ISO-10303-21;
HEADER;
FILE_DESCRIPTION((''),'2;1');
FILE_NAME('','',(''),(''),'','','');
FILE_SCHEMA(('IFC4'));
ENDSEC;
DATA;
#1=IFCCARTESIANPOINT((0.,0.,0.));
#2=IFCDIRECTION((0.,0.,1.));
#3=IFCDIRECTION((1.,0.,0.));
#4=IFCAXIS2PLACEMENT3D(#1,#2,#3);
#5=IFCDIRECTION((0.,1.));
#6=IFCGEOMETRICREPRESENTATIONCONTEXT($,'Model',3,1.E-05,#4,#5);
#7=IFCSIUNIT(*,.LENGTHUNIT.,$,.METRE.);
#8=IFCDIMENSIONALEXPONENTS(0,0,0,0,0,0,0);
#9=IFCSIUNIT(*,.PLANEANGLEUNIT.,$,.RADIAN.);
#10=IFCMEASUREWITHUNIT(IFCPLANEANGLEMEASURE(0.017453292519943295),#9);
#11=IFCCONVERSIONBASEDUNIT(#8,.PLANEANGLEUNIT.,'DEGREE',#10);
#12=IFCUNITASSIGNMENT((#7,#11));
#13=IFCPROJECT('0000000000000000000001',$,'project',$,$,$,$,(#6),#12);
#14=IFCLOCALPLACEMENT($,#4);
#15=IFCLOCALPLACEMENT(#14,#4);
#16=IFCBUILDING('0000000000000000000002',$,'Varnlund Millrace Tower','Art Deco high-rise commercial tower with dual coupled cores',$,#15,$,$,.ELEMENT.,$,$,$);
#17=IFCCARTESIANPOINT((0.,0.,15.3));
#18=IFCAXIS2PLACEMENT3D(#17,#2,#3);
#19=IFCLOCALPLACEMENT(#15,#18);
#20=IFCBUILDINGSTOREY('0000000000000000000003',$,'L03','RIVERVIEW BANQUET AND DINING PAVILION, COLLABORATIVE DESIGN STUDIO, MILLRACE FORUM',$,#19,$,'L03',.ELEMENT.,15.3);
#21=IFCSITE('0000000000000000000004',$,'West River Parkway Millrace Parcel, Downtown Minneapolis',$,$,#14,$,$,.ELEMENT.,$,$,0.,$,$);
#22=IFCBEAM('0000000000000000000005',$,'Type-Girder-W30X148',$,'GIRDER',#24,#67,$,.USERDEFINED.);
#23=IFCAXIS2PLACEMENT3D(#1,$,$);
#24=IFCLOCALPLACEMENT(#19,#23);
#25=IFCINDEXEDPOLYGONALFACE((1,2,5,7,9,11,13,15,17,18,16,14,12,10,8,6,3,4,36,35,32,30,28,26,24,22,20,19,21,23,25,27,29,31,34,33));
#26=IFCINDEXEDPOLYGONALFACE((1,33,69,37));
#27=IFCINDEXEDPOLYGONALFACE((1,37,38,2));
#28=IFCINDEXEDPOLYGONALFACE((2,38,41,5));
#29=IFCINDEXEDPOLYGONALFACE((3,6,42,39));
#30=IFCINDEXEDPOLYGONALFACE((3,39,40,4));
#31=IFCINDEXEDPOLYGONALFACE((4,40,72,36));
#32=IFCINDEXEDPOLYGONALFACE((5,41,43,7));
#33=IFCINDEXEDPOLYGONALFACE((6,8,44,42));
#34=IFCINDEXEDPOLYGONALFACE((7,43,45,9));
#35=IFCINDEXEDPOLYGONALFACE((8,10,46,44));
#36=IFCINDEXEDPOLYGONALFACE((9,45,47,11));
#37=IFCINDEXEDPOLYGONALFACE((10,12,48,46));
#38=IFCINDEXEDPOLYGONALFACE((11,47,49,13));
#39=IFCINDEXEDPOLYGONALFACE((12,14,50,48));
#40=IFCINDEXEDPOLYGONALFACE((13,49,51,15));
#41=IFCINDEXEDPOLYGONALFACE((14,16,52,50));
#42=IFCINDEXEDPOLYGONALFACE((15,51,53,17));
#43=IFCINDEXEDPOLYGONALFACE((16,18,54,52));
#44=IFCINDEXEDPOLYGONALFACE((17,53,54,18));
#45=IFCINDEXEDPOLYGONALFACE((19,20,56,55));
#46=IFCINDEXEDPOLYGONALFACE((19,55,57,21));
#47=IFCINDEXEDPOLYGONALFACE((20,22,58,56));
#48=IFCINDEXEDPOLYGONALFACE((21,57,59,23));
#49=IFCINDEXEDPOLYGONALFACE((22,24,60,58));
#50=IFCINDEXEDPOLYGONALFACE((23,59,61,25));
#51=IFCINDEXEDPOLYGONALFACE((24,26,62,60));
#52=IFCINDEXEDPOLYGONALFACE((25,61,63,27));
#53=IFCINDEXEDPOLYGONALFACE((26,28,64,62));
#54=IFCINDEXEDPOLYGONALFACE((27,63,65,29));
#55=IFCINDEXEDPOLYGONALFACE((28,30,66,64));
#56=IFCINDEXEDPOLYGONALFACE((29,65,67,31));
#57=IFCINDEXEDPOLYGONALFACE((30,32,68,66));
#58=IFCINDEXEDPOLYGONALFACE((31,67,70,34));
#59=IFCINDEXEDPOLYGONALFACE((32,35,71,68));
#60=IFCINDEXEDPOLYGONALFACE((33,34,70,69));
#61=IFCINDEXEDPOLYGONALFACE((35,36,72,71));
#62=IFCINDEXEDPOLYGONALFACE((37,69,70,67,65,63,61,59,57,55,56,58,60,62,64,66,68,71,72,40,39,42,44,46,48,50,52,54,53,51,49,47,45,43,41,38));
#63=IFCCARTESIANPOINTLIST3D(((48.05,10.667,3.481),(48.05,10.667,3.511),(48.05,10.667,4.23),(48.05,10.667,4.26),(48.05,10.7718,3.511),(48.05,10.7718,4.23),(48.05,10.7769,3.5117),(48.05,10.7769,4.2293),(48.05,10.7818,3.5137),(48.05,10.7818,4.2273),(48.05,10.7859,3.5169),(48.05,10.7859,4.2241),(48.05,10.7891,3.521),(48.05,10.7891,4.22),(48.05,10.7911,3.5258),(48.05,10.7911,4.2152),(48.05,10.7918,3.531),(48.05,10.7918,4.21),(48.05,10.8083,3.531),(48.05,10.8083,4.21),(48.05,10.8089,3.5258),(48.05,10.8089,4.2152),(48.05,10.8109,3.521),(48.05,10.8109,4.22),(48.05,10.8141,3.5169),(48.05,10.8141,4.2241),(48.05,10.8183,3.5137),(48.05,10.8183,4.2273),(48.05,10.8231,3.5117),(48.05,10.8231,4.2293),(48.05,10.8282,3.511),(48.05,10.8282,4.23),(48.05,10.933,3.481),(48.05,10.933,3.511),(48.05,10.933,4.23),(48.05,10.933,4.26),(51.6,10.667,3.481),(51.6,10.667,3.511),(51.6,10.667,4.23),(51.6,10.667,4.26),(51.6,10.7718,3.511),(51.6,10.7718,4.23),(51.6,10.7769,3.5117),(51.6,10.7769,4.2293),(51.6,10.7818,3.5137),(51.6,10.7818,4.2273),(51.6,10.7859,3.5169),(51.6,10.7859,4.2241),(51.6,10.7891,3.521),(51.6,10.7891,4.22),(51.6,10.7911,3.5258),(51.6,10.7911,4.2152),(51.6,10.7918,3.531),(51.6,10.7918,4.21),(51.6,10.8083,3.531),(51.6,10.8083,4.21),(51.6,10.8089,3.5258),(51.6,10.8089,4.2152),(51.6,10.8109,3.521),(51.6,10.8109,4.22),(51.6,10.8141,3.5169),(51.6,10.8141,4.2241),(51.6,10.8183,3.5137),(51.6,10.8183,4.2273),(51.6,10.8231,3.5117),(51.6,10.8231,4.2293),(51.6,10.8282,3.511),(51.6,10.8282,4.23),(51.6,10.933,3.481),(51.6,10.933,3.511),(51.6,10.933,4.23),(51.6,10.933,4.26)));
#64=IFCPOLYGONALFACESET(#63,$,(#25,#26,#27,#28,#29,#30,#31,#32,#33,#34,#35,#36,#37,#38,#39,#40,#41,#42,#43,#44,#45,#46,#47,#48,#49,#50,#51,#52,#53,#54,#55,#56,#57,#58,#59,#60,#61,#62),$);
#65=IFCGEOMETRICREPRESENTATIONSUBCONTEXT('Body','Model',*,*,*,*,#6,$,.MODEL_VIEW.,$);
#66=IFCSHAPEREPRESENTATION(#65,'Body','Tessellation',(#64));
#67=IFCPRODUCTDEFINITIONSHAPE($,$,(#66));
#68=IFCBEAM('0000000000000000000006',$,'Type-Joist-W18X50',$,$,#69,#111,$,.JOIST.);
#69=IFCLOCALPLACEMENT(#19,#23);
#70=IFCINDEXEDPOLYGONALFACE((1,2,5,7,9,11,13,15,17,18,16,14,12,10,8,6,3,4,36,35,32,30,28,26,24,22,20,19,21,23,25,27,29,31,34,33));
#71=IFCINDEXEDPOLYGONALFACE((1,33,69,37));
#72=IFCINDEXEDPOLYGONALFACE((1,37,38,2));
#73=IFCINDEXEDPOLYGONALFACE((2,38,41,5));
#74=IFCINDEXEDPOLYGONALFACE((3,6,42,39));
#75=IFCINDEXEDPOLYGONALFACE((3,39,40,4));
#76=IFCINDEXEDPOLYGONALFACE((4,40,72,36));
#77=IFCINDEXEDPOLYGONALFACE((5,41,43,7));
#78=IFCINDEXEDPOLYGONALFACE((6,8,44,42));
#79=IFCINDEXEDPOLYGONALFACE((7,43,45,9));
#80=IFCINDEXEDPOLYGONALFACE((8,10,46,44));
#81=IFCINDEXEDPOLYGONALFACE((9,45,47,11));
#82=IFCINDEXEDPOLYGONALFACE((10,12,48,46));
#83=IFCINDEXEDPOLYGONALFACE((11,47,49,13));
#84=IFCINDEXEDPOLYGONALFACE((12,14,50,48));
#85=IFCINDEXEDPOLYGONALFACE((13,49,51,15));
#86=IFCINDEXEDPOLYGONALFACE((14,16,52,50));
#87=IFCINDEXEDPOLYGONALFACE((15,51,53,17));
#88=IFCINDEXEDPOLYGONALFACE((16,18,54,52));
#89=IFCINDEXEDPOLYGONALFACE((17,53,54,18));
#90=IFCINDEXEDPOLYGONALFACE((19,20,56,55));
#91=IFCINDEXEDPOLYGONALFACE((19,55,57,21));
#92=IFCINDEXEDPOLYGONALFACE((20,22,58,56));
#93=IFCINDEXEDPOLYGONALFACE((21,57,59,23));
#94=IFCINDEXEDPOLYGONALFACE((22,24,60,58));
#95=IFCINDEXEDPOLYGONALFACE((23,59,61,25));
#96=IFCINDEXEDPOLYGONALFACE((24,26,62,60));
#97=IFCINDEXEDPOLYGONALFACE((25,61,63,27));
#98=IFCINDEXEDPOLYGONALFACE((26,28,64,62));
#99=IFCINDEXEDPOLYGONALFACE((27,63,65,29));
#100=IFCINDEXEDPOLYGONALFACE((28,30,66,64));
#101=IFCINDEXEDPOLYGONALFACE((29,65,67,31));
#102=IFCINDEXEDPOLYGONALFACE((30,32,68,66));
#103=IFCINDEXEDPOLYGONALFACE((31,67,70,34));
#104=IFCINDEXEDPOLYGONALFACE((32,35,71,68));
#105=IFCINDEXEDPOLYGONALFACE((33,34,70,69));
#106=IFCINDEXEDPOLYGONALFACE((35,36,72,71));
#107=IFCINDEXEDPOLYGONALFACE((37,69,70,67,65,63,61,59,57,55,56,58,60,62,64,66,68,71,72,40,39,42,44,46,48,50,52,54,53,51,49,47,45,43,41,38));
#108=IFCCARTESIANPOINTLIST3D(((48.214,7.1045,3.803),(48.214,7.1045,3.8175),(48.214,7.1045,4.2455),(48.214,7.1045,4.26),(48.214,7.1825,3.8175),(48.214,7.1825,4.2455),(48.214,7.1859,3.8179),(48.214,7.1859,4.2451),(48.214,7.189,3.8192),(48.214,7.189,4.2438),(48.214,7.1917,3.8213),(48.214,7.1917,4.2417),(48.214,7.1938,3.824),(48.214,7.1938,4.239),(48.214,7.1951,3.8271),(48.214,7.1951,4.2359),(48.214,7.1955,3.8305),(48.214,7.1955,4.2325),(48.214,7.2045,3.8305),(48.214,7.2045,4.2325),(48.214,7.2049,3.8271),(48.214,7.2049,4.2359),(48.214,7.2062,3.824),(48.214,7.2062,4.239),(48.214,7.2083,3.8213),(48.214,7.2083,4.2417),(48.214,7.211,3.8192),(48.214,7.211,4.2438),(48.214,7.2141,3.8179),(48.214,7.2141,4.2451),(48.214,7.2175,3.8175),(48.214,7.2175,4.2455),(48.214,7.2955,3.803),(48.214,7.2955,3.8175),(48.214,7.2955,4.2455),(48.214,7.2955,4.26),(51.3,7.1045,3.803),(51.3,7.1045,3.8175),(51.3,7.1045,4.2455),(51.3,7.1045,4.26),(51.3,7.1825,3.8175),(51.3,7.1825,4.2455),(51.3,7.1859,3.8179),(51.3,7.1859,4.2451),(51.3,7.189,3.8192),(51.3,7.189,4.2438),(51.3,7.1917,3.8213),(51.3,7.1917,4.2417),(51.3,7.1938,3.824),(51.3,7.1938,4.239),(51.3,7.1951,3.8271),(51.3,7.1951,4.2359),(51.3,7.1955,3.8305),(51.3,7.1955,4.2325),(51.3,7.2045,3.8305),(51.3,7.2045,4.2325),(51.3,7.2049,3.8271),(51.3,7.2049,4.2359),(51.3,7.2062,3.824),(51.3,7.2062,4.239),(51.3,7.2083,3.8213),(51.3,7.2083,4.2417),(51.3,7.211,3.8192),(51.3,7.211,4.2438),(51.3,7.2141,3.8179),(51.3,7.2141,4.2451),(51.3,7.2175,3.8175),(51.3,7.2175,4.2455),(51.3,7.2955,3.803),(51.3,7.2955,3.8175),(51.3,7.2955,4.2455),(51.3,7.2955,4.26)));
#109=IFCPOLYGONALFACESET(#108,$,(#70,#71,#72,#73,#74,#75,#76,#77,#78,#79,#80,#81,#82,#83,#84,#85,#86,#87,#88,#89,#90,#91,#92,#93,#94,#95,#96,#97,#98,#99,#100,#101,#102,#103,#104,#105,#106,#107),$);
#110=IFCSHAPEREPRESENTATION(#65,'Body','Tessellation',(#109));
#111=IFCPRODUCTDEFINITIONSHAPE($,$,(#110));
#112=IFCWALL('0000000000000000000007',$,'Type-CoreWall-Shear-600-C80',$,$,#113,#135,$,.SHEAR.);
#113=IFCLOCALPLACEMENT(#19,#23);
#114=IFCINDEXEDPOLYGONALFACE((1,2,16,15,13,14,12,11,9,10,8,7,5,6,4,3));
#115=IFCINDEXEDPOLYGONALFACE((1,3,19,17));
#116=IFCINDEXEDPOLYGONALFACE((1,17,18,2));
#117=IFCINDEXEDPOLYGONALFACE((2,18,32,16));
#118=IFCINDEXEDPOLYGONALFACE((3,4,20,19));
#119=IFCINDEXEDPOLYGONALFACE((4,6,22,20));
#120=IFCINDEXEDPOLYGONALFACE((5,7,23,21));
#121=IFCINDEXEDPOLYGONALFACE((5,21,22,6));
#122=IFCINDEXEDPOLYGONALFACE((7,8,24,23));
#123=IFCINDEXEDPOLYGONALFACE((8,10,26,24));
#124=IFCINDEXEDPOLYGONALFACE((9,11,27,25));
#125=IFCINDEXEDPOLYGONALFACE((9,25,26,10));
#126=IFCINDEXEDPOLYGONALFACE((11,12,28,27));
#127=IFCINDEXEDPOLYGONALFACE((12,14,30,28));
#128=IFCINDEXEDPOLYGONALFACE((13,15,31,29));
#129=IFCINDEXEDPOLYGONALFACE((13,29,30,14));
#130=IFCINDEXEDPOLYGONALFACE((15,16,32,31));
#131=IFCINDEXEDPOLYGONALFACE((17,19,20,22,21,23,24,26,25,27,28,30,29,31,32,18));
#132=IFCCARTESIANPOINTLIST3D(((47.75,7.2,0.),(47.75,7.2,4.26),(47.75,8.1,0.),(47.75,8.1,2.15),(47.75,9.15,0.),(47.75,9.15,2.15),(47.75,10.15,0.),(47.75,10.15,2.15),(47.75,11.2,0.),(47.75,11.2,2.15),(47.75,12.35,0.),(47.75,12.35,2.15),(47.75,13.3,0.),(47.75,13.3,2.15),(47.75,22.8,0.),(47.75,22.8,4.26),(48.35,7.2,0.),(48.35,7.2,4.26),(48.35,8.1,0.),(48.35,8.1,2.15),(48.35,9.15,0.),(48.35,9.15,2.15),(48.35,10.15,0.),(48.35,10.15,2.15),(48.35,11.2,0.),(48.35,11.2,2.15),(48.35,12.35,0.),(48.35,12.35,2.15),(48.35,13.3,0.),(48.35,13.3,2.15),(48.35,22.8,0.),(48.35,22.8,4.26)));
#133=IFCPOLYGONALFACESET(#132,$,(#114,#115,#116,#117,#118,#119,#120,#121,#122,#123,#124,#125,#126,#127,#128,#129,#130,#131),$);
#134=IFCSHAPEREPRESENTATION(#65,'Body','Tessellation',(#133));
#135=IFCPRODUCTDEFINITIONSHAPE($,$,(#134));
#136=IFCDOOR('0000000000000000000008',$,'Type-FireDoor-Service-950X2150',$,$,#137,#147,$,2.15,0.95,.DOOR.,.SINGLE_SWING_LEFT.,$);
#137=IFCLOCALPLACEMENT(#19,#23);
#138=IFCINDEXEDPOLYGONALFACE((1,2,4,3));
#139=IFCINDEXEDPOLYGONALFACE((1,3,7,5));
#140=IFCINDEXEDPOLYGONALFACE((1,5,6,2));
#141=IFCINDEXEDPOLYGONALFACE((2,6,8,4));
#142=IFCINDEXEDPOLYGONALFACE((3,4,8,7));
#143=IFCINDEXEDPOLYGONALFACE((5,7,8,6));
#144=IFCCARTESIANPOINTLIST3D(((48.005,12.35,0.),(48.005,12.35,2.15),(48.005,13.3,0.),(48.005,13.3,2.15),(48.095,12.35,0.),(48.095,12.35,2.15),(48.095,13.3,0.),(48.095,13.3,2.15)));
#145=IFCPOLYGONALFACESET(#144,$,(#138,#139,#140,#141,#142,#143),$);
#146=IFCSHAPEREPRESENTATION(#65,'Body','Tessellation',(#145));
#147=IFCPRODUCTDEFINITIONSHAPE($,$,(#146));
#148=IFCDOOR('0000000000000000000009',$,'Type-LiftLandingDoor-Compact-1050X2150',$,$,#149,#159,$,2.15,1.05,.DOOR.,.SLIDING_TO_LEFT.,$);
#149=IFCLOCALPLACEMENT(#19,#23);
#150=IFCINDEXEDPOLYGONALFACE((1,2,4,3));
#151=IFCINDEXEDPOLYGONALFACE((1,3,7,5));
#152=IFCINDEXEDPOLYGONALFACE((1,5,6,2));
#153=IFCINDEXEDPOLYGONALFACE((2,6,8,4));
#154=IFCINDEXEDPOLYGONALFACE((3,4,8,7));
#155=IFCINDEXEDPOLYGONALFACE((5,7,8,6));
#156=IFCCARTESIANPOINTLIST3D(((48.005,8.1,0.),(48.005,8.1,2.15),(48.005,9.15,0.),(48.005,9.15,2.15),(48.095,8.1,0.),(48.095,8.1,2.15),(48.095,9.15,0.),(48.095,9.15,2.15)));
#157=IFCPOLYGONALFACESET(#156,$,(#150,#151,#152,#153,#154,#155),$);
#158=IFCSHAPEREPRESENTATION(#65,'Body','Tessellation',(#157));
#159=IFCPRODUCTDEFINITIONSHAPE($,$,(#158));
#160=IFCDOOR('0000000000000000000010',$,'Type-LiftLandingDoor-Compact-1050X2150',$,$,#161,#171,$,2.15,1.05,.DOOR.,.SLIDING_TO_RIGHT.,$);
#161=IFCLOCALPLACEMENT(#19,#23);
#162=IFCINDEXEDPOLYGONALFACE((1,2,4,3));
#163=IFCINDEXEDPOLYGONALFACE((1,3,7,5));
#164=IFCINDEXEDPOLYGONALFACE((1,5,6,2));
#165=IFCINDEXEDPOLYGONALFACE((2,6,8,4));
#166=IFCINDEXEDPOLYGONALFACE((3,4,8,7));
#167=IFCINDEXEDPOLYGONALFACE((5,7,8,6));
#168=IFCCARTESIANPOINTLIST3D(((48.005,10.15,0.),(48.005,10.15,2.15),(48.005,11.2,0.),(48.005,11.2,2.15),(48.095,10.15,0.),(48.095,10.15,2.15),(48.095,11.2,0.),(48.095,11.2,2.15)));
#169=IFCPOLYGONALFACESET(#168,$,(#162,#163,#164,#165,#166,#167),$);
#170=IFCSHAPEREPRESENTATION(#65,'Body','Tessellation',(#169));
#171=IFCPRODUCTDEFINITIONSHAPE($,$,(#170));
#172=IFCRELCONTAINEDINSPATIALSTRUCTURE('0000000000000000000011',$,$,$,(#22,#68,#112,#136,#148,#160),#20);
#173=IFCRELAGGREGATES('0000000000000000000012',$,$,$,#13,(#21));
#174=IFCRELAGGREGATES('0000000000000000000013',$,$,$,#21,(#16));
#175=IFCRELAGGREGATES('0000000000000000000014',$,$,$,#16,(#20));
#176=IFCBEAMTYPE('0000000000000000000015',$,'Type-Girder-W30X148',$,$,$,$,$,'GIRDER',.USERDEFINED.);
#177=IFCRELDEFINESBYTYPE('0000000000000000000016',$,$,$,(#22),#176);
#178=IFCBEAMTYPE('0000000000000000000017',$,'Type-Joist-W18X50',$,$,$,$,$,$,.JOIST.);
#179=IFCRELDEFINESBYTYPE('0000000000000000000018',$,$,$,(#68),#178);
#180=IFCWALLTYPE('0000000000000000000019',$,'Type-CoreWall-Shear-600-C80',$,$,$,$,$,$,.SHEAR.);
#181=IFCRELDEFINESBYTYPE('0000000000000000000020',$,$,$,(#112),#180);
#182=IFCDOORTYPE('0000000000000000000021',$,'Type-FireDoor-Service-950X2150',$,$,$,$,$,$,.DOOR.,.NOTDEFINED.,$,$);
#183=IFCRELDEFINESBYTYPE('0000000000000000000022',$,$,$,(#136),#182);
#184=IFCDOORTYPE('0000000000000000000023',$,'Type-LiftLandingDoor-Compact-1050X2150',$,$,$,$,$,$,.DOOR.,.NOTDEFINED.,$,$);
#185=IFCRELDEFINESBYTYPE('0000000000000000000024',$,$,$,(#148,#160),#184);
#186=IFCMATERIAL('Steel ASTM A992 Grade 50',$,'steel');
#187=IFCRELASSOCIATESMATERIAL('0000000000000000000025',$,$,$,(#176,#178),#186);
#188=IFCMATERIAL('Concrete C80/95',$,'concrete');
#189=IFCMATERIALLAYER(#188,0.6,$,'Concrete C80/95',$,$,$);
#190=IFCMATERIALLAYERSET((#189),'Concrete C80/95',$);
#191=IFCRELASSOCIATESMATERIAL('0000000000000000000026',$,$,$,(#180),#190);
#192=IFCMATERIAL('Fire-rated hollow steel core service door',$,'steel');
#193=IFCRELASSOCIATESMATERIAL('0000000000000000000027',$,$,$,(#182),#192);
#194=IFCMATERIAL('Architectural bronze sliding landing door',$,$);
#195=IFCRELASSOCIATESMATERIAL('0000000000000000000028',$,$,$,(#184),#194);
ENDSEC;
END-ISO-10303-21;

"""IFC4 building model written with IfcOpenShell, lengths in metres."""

from ifc_helpers import new_model, entity, si_unit, converted_unit, direction, frame, origin_with_axes, origin_2d_with_axis, place, context, subcontext, project, spatial, polyline, rectangle, i_section, outline, extrude, material, layer, layer_set, material_profile, profile_set, type_object, element, fill, save


model = new_model("IFC4")

# Units and contexts
model_context = context("Model", 3, precision=1e-05, world=origin_with_axes(), true_north=direction((0.0, 1.0)))
body_context = subcontext(model_context, "Body", "Model", "MODEL_VIEW")
ifc_project = project(units=[si_unit("LENGTHUNIT", "METRE"), converted_unit("PLANEANGLEUNIT", "DEGREE", entity("IfcPlaneAngleMeasure", 0.017453292519943295), si_unit("PLANEANGLEUNIT", "RADIAN"), dimensions=[0, 0, 0, 0, 0, 0, 0])], contexts=[model_context])

# Site, building, storey
site_placement = place(None, origin_with_axes())
site = spatial("IfcSite", under=ifc_project, at=site_placement, Name="West River Parkway Millrace Parcel, Downtown Minneapolis", CompositionType="ELEMENT", RefElevation=0.0)
building_placement = place(site_placement, origin_with_axes())
building = spatial("IfcBuilding", under=site, at=building_placement, Name="Varnlund Millrace Tower", Description="Art Deco high-rise commercial tower with dual coupled cores", CompositionType="ELEMENT")
storey_placement = place(building_placement, frame((0.0, 0.0, 15.3), z_axis=(0.0, 0.0, 1.0), x_axis=(1.0, 0.0, 0.0)))
storey = spatial("IfcBuildingStorey", under=building, at=storey_placement, Name="L03", Description="RIVERVIEW BANQUET AND DINING PAVILION, COLLABORATIVE DESIGN STUDIO, MILLRACE FORUM", LongName="L03", CompositionType="ELEMENT", Elevation=15.3)

# Shared definitions
ifc_material_1 = material(Name="Concrete C80/95", Category="concrete")

# Beams
ifc_material_2 = material(Name="Steel ASTM A992 Grade 50", Category="steel")
ifc_material_profile_1 = material_profile(ifc_material_2, i_section(OverallWidth=0.266, OverallDepth=0.779, WebThickness=0.0165, FlangeThickness=0.03, FilletRadius=0.02, at=origin_2d_with_axis()), Name="Steel ASTM A992 Grade 50")
ifc_profile_set_1 = profile_set([ifc_material_profile_1], Name="Steel ASTM A992 Grade 50")
beam_type_1 = type_object("IfcBeamType", Name="Type-Girder-W30X148", ElementType="GIRDER", PredefinedType="USERDEFINED", material=ifc_profile_set_1)
for number, where, z_axis, x_axis, name in (
    (1, (48.05, 10.8, 3.8705), (1.0, 0.0, 0.0), (0.0, 1.0, 0.0), "Type-Girder-W30X148"),
):
    element("IfcBeam", number, at=place(storey_placement, frame(where, z_axis=z_axis, x_axis=x_axis)), inside=storey, type_object=beam_type_1, Name=name, ObjectType="GIRDER", PredefinedType="USERDEFINED", context=body_context, shape_type="SweptSolid", body=[
        extrude(i_section(OverallWidth=0.266, OverallDepth=0.779, WebThickness=0.0165, FlangeThickness=0.03, FilletRadius=0.02, at=origin_2d_with_axis()), origin_with_axes(), (0.0, 0.0, 1.0), 3.55),
    ])
ifc_material_profile_2 = material_profile(ifc_material_2, i_section(OverallWidth=0.191, OverallDepth=0.457, WebThickness=0.009, FlangeThickness=0.0145, FilletRadius=0.013, at=origin_2d_with_axis()), Name="Steel ASTM A992 Grade 50")
ifc_profile_set_2 = profile_set([ifc_material_profile_2], Name="Steel ASTM A992 Grade 50")
beam_type_2 = type_object("IfcBeamType", Name="Type-Joist-W18X50", PredefinedType="JOIST", material=ifc_profile_set_2)
beam_1_placement = place(storey_placement, frame((48.214, 7.2, 4.0315), z_axis=(1.0, 0.0, 0.0), x_axis=(0.0, 1.0, 0.0)))
element("IfcBeam", 2, at=beam_1_placement, inside=storey, type_object=beam_type_2, Name="Type-Joist-W18X50", PredefinedType="JOIST", context=body_context, shape_type="SweptSolid", body=[
    extrude(i_section(OverallWidth=0.191, OverallDepth=0.457, WebThickness=0.009, FlangeThickness=0.0145, FilletRadius=0.013, at=origin_2d_with_axis()), origin_with_axes(), (0.0, 0.0, 1.0), 3.086),
])

# Wall, openings, doors
ifc_layer_1 = layer(ifc_material_1, 0.6, Name="Concrete C80/95")
ifc_layer_set_1 = layer_set([ifc_layer_1], Name="Concrete C80/95")
wall_type_1 = type_object("IfcWallType", Name="Type-CoreWall-Shear-600-C80", PredefinedType="SHEAR", material=ifc_layer_set_1)
wall_1_placement = place(storey_placement, frame((48.05, 7.2, 0.0), z_axis=(0.0, 0.0, 1.0), x_axis=(0.0, 1.0, 0.0)))
wall_1 = element("IfcWall", 3, at=wall_1_placement, inside=storey, type_object=wall_type_1, Name="Type-CoreWall-Shear-600-C80", PredefinedType="SHEAR", context=body_context, shape_type="SweptSolid", body=[
    extrude(outline(polyline([(0.0, -0.3), (15.6, -0.3), (15.6, 0.3), (0.0, 0.3), (0.0, -0.3)])), origin_with_axes(), (0.0, 0.0, 1.0), 4.26),
])
opening_1_placement = place(wall_1_placement, frame((1.425, 0.0, 0.0), z_axis=(0.0, 0.0, 1.0), x_axis=(1.0, 0.0, 0.0)))
opening_1 = element("IfcOpeningElement", 4, at=opening_1_placement, cuts=wall_1, PredefinedType="OPENING", context=body_context, shape_type="SweptSolid", body=[
    extrude(rectangle(XDim=1.05, YDim=0.62, at=origin_2d_with_axis()), origin_with_axes(), (0.0, 0.0, 1.0), 2.15),
])
opening_2_placement = place(wall_1_placement, frame((3.475, 0.0, 0.0), z_axis=(0.0, 0.0, 1.0), x_axis=(1.0, 0.0, 0.0)))
opening_2 = element("IfcOpeningElement", 5, at=opening_2_placement, cuts=wall_1, PredefinedType="OPENING", context=body_context, shape_type="SweptSolid", body=[
    extrude(rectangle(XDim=1.05, YDim=0.62, at=origin_2d_with_axis()), origin_with_axes(), (0.0, 0.0, 1.0), 2.15),
])
opening_3_placement = place(wall_1_placement, frame((5.625, 0.0, 0.0), z_axis=(0.0, 0.0, 1.0), x_axis=(1.0, 0.0, 0.0)))
opening_3 = element("IfcOpeningElement", 6, at=opening_3_placement, cuts=wall_1, PredefinedType="OPENING", context=body_context, shape_type="SweptSolid", body=[
    extrude(rectangle(XDim=0.95, YDim=0.62, at=origin_2d_with_axis()), origin_with_axes(), (0.0, 0.0, 1.0), 2.15),
])
ifc_material_3 = material(Name="Fire-rated hollow steel core service door", Category="steel")
door_type_1 = type_object("IfcDoorType", Name="Type-FireDoor-Service-950X2150", OperationType="NOTDEFINED", PredefinedType="DOOR", material=ifc_material_3)
door_1_placement = place(wall_1_placement, frame((5.625, 0.0, 0.0), z_axis=(0.0, 0.0, 1.0), x_axis=(1.0, 0.0, 0.0)))
door_1 = element("IfcDoor", 7, at=door_1_placement, inside=storey, type_object=door_type_1, Name="Type-FireDoor-Service-950X2150", OperationType="SINGLE_SWING_LEFT", OverallHeight=2.15, OverallWidth=0.95, PredefinedType="DOOR", context=body_context, shape_type="SweptSolid", body=[
    extrude(rectangle(XDim=0.95, YDim=0.09, at=origin_2d_with_axis()), origin_with_axes(), (0.0, 0.0, 1.0), 2.15),
])
fill(opening_3, door_1)
ifc_material_4 = material(Name="Architectural bronze sliding landing door")
door_type_2 = type_object("IfcDoorType", Name="Type-LiftLandingDoor-Compact-1050X2150", OperationType="NOTDEFINED", PredefinedType="DOOR", material=ifc_material_4)
door_2_placement = place(wall_1_placement, frame((1.425, 0.0, 0.0), z_axis=(0.0, 0.0, 1.0), x_axis=(1.0, 0.0, 0.0)))
door_2 = element("IfcDoor", 8, at=door_2_placement, inside=storey, type_object=door_type_2, Name="Type-LiftLandingDoor-Compact-1050X2150", OperationType="SLIDING_TO_LEFT", OverallHeight=2.15, OverallWidth=1.05, PredefinedType="DOOR", context=body_context, shape_type="SweptSolid", body=[
    extrude(rectangle(XDim=1.05, YDim=0.09, at=origin_2d_with_axis()), origin_with_axes(), (0.0, 0.0, 1.0), 2.15),
])
fill(opening_1, door_2)
door_3_placement = place(wall_1_placement, frame((3.475, 0.0, 0.0), z_axis=(0.0, 0.0, 1.0), x_axis=(1.0, 0.0, 0.0)))
door_3 = element("IfcDoor", 9, at=door_3_placement, inside=storey, type_object=door_type_2, Name="Type-LiftLandingDoor-Compact-1050X2150", OperationType="SLIDING_TO_RIGHT", OverallHeight=2.15, OverallWidth=1.05, PredefinedType="DOOR", context=body_context, shape_type="SweptSolid", body=[
    extrude(rectangle(XDim=1.05, YDim=0.09, at=origin_2d_with_axis()), origin_with_axes(), (0.0, 0.0, 1.0), 2.15),
])
fill(opening_2, door_3)

save(model, "model.ifc")
